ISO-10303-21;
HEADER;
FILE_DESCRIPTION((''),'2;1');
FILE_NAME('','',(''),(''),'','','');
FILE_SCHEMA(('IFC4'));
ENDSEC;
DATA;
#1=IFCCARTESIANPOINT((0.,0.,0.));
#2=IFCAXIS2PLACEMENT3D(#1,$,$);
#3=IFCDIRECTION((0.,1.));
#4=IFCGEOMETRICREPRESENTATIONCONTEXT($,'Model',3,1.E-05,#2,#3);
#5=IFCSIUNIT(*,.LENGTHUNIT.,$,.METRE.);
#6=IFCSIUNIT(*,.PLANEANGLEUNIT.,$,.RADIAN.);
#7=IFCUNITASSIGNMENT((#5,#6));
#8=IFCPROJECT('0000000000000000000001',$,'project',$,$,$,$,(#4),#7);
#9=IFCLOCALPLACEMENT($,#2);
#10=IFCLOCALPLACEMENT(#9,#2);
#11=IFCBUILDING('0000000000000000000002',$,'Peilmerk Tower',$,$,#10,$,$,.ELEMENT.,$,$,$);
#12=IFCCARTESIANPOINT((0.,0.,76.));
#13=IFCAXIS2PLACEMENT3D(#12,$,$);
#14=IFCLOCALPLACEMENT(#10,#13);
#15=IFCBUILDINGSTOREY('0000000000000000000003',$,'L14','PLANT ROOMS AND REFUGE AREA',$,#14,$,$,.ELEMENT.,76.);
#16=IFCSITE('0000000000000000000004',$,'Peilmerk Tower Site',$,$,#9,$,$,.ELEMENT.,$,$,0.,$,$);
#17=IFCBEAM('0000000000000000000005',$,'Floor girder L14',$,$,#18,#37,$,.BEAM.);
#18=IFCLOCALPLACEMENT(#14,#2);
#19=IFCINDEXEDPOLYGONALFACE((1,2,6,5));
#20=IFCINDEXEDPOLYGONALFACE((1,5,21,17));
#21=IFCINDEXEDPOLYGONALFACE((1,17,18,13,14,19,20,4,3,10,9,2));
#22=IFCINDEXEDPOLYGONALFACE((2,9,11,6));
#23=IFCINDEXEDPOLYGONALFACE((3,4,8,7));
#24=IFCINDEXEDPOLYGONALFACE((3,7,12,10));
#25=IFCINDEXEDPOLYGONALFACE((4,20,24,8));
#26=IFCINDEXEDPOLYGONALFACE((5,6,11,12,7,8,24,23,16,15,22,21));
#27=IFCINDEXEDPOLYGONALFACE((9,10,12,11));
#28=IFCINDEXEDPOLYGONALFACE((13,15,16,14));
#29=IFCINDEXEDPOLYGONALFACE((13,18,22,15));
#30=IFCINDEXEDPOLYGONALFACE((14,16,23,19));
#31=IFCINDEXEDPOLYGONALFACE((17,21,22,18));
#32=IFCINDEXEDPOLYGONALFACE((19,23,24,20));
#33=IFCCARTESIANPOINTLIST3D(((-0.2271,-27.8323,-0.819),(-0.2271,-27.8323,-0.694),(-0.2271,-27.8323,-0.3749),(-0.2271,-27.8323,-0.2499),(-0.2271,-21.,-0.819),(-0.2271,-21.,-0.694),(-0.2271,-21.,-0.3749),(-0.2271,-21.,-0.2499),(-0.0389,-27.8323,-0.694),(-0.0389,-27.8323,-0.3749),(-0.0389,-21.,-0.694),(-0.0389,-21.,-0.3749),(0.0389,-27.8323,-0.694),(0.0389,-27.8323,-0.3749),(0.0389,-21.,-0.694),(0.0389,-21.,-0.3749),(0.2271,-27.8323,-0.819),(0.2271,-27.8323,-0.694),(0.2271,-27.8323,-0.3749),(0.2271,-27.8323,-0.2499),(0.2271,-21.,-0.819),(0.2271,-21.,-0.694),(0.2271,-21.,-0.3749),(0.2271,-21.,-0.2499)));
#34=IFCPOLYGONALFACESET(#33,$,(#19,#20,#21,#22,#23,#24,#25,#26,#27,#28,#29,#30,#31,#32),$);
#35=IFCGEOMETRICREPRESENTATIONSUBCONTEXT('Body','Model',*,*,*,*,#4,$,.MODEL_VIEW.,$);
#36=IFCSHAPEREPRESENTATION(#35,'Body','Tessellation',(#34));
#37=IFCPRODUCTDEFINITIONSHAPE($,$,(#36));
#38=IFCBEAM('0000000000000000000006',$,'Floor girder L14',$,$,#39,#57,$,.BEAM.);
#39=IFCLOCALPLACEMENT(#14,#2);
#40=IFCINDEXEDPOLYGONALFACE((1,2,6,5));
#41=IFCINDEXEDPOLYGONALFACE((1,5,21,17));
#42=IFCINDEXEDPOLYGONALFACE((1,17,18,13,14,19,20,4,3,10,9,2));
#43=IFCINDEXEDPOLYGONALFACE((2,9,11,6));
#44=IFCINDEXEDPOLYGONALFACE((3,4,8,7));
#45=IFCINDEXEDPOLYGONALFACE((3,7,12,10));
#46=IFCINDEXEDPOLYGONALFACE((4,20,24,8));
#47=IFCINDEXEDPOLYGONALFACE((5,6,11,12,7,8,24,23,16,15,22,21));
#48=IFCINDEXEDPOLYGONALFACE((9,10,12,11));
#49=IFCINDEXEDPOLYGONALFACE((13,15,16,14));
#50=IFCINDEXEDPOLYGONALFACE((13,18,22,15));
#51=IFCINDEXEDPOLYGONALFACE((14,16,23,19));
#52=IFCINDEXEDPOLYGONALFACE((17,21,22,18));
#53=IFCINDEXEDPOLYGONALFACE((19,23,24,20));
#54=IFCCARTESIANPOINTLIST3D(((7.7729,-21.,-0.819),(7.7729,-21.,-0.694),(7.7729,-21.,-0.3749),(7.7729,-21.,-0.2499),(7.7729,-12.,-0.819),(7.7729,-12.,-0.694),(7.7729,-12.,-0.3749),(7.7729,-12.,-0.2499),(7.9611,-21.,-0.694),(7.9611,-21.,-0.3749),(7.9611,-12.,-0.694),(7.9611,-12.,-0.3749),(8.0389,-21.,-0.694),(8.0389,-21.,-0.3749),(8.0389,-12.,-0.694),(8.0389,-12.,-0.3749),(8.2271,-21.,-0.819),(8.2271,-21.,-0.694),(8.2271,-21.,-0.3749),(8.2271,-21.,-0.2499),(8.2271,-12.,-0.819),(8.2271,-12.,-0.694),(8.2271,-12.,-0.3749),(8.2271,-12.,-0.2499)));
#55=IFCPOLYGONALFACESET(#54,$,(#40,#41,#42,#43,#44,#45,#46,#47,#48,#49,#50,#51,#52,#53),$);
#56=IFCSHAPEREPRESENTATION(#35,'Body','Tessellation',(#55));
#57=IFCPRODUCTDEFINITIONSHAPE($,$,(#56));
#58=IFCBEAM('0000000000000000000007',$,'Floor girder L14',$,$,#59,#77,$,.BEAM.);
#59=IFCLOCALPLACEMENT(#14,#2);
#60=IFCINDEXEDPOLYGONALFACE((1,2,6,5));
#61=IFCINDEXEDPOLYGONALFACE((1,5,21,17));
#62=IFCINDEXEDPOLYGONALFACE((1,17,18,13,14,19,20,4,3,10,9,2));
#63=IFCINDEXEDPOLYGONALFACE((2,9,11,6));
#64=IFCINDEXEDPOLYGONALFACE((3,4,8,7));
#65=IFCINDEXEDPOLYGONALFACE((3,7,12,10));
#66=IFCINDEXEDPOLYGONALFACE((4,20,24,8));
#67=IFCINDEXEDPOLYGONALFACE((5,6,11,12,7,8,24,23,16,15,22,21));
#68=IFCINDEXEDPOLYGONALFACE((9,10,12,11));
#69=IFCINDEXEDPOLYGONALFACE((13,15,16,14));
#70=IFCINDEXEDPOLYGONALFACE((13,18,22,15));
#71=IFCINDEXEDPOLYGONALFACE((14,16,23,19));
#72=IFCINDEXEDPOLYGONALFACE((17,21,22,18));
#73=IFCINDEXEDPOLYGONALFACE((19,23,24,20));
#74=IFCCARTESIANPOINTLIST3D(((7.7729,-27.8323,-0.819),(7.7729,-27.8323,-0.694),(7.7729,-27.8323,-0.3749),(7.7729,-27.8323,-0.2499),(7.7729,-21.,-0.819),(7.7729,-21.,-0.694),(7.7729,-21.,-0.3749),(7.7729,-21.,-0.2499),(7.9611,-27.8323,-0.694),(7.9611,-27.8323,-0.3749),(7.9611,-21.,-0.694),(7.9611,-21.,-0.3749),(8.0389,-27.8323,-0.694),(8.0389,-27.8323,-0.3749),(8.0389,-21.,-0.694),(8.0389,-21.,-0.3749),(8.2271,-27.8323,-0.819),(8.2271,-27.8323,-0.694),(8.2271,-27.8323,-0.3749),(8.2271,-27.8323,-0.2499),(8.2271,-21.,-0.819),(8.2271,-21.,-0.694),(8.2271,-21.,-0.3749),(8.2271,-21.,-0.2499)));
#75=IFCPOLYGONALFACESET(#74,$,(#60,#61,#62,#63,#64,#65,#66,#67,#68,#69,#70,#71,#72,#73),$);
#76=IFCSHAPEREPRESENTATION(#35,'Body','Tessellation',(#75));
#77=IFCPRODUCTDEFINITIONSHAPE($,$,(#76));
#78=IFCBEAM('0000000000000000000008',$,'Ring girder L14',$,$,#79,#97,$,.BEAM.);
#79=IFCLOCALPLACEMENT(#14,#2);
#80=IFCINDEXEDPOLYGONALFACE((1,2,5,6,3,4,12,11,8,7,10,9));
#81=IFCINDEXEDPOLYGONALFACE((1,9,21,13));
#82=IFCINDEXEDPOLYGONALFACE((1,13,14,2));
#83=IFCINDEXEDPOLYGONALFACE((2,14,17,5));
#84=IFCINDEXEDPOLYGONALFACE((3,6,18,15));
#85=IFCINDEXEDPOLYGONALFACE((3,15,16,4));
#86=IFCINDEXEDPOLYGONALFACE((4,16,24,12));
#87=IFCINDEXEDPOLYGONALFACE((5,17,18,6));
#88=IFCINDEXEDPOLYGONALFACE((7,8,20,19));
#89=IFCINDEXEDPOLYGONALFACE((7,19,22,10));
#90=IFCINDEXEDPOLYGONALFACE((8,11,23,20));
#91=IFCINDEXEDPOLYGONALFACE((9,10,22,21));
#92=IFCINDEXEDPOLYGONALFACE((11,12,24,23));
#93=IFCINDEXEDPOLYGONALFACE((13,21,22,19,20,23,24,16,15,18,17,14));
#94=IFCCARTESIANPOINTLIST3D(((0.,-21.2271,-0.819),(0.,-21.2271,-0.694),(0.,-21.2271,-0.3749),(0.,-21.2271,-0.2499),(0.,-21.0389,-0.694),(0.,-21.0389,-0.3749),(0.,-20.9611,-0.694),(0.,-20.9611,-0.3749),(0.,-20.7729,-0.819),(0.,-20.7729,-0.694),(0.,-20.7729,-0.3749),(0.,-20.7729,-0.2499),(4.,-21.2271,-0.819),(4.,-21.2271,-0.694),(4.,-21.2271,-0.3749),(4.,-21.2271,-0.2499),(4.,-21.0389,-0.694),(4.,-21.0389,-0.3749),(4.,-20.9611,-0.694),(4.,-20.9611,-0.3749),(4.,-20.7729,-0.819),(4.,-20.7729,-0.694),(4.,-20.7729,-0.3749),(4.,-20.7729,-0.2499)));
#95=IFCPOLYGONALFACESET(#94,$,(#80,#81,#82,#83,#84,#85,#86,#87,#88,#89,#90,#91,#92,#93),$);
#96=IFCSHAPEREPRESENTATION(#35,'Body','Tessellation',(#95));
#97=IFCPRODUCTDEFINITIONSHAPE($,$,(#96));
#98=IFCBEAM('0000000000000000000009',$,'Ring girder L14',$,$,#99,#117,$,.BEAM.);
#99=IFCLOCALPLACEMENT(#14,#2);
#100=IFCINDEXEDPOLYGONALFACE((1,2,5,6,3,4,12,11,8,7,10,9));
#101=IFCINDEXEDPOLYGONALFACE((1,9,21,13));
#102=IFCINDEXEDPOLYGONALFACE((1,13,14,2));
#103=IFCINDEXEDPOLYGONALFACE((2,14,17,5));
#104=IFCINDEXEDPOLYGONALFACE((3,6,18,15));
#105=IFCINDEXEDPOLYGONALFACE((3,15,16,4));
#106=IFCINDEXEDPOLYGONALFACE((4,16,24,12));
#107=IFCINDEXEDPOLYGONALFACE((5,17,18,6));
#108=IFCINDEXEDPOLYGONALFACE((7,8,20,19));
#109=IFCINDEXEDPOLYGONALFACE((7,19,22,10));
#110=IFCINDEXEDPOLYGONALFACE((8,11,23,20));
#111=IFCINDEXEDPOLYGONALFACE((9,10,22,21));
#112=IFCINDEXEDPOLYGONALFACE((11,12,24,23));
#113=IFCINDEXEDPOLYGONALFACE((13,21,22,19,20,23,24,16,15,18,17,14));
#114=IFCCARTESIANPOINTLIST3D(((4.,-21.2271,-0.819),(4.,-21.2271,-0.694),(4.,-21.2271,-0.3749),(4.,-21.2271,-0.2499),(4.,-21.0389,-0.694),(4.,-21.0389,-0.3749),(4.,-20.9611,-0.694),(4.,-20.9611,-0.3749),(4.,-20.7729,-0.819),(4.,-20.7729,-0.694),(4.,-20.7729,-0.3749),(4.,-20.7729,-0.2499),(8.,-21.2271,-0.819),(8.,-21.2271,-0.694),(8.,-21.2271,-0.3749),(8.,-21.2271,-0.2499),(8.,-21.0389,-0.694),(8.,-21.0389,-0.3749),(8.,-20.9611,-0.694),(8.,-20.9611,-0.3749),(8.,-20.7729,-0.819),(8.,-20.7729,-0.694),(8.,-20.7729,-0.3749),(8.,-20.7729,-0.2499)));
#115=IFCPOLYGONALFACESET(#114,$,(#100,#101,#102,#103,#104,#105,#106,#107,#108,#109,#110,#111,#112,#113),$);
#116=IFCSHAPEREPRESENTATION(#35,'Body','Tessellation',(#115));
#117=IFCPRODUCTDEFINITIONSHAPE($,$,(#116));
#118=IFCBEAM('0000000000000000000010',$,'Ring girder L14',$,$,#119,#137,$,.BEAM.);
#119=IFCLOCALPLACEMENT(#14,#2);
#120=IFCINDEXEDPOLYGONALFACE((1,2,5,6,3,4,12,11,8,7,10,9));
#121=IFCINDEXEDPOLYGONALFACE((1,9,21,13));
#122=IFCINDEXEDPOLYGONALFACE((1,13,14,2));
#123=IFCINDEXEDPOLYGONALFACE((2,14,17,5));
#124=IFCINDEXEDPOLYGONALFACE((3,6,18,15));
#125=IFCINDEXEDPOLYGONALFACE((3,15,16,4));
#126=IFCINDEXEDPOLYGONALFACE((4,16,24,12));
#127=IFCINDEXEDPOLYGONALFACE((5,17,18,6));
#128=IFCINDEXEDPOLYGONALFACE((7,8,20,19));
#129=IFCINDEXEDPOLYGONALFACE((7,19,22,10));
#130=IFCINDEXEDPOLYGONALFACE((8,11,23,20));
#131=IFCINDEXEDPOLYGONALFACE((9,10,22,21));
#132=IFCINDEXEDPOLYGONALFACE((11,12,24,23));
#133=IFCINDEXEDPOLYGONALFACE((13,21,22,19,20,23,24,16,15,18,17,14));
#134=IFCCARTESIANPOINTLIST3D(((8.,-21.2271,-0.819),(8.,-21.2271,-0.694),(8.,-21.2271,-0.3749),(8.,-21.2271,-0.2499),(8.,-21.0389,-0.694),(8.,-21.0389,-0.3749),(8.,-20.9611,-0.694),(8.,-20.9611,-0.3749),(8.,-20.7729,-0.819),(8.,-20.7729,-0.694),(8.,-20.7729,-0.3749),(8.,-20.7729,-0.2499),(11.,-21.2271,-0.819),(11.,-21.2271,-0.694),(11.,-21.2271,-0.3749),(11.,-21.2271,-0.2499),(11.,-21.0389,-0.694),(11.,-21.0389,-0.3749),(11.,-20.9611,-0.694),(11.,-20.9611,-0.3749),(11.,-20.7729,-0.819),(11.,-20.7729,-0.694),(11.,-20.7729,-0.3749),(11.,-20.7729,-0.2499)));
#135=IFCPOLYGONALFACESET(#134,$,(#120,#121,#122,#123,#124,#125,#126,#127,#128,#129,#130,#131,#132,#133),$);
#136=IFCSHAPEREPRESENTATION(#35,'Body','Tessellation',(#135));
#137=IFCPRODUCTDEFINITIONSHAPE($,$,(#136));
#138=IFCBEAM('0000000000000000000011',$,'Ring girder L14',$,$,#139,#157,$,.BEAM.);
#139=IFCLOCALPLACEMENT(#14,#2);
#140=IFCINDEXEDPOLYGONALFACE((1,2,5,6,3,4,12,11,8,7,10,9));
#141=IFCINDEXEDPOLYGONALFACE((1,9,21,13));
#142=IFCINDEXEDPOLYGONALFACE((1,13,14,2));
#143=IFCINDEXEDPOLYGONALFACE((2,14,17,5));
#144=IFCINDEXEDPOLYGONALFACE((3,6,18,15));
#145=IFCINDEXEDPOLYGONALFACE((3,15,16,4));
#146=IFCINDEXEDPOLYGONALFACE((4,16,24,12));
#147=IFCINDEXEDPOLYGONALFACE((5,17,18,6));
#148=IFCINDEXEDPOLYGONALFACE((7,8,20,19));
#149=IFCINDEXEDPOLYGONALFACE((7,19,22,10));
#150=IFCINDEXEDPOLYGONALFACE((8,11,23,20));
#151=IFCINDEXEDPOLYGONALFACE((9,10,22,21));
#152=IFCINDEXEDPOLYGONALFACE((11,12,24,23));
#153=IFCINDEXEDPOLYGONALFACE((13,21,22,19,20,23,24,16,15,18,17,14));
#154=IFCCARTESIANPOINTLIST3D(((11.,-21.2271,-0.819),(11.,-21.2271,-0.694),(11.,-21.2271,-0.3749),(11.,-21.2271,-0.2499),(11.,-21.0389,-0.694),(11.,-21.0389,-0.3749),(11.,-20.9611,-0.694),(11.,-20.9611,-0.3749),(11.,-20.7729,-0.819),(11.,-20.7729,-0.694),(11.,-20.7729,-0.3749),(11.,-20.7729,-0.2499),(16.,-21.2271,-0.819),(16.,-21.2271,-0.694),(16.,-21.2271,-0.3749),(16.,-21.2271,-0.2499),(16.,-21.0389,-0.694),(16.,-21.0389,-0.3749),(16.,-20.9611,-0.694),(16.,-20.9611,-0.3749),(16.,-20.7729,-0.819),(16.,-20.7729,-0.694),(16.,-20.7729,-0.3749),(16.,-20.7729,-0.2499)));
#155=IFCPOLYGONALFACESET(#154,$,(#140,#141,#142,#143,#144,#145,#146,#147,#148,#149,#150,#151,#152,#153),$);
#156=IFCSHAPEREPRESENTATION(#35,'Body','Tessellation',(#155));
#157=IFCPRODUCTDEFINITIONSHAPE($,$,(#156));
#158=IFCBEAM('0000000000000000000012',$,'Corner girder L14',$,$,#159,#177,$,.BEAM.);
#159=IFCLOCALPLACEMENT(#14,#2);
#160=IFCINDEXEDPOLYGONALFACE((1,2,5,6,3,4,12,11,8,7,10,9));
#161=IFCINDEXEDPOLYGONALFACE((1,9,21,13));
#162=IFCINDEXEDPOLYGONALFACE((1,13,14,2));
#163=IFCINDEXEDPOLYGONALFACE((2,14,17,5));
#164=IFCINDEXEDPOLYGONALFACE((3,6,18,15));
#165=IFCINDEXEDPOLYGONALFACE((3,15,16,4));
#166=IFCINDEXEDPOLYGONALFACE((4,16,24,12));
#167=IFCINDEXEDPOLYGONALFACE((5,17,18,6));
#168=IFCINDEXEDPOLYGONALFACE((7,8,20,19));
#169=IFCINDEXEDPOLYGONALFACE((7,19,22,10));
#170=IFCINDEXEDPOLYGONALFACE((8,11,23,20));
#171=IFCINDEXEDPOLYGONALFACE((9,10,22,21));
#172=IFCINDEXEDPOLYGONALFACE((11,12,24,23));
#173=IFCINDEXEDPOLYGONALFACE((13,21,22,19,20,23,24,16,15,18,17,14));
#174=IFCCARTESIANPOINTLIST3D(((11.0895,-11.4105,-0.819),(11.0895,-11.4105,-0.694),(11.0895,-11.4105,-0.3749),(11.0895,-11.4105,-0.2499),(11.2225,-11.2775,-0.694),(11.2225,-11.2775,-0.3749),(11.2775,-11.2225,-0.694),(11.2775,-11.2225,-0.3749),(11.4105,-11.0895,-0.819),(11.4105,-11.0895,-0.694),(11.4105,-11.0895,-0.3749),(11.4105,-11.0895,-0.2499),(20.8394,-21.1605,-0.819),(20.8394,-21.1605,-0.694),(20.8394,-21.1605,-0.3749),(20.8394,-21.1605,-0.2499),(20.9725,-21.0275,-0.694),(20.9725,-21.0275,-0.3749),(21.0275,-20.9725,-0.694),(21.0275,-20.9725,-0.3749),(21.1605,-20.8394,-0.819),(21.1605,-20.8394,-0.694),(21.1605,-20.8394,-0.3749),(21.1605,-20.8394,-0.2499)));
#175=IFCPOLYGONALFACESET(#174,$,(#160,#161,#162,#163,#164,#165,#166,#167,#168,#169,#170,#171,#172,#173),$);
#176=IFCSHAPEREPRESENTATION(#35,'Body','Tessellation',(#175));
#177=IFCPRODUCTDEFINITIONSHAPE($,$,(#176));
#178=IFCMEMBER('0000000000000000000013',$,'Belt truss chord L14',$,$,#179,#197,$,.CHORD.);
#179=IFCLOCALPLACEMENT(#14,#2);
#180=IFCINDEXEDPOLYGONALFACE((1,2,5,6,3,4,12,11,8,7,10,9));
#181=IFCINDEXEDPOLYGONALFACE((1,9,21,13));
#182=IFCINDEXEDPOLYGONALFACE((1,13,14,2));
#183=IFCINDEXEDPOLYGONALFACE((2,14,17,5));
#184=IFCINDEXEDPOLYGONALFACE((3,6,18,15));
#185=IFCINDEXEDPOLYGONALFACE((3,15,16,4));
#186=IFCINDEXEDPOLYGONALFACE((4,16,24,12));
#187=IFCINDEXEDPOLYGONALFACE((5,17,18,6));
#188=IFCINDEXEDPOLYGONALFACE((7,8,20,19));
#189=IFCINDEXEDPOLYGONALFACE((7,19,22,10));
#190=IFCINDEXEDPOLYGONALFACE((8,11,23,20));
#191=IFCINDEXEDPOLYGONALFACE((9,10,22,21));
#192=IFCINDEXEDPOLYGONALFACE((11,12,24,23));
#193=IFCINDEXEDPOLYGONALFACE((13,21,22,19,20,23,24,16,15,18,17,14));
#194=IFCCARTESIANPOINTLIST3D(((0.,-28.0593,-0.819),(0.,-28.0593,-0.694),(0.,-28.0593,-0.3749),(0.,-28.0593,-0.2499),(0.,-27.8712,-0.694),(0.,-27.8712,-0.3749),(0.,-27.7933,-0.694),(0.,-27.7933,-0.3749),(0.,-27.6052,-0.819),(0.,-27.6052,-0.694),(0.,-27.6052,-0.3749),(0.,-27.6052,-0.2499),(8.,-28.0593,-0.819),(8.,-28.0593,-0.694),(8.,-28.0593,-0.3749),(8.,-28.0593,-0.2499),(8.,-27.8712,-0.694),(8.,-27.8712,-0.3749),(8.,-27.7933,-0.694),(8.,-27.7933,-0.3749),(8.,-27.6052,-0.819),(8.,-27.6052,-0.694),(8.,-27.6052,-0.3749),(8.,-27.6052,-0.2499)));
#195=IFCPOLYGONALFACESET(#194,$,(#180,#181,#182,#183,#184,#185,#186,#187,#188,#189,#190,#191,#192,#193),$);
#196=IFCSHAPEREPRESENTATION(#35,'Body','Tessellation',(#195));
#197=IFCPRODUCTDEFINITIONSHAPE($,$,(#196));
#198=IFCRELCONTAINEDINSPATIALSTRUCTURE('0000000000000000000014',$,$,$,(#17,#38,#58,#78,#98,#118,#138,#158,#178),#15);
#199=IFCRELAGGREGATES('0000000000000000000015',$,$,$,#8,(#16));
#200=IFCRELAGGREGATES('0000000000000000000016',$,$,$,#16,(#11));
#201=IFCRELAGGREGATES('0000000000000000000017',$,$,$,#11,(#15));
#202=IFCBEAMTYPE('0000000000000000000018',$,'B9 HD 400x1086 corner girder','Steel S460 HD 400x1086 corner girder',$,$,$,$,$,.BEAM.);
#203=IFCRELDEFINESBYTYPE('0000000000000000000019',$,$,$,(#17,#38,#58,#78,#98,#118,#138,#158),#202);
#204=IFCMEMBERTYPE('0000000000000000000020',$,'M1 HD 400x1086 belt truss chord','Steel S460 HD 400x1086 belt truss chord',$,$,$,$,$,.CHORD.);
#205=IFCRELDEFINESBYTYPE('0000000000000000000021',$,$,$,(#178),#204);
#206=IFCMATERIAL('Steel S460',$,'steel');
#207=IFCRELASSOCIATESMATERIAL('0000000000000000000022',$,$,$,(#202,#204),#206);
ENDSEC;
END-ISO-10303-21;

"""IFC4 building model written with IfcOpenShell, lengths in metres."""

from ifc_helpers import new_model, si_unit, direction, frame, origin, origin_2d, place, context, subcontext, project, spatial, i_section, extrude, material, material_profile, profile_set, type_object, element, save


model = new_model("IFC4")

# Units and contexts
model_context = context("Model", 3, precision=1e-05, world=origin(), true_north=direction((0.0, 1.0)))
body_context = subcontext(model_context, "Body", "Model", "MODEL_VIEW")
ifc_project = project(units=[si_unit("LENGTHUNIT", "METRE"), si_unit("PLANEANGLEUNIT", "RADIAN")], contexts=[model_context])

# Site, building, storey
site_placement = place(None, origin())
site = spatial("IfcSite", under=ifc_project, at=site_placement, Name="Peilmerk Tower Site", CompositionType="ELEMENT", RefElevation=0.0)
building_placement = place(site_placement, origin())
building = spatial("IfcBuilding", under=site, at=building_placement, Name="Peilmerk Tower", CompositionType="ELEMENT")
storey_placement = place(building_placement, frame((0.0, 0.0, 76.0)))
storey = spatial("IfcBuildingStorey", under=building, at=storey_placement, Name="L14", Description="PLANT ROOMS AND REFUGE AREA", CompositionType="ELEMENT", Elevation=76.0)

# Shared definitions
ifc_material_1 = material(Name="Steel S460", Category="steel")

# Beams
ifc_material_profile_1 = material_profile(ifc_material_1, i_section(OverallWidth=0.4541, OverallDepth=0.5691, WebThickness=0.0779, FlangeThickness=0.125, at=origin_2d()), Name="HD 400x1086")
ifc_profile_set_1 = profile_set([ifc_material_profile_1], Name="Steel S460")
beam_type_1 = type_object("IfcBeamType", Name="B9 HD 400x1086 corner girder", Description="Steel S460 HD 400x1086 corner girder", PredefinedType="BEAM", material=ifc_profile_set_1)
beam_1_placement = place(storey_placement, frame((0.0, -21.0, -0.5344), z_axis=(0.0, -1.0, 0.0), x_axis=(1.0, 0.0, 0.0)))
element("IfcBeam", 1, at=beam_1_placement, inside=storey, type_object=beam_type_1, Name="Floor girder L14", PredefinedType="BEAM", context=body_context, shape_type="SweptSolid", body=[
    extrude(i_section(OverallWidth=0.4541, OverallDepth=0.5691, WebThickness=0.0779, FlangeThickness=0.125, at=origin_2d()), origin(), (0.0, 0.0, 1.0), 6.8323),
])
beam_2_placement = place(storey_placement, frame((8.0, -12.0, -0.5344), z_axis=(0.0, -1.0, 0.0), x_axis=(1.0, 0.0, 0.0)))
element("IfcBeam", 2, at=beam_2_placement, inside=storey, type_object=beam_type_1, Name="Floor girder L14", PredefinedType="BEAM", context=body_context, shape_type="SweptSolid", body=[
    extrude(i_section(OverallWidth=0.4541, OverallDepth=0.5691, WebThickness=0.0779, FlangeThickness=0.125, at=origin_2d()), origin(), (0.0, 0.0, 1.0), 9.0),
])
beam_3_placement = place(storey_placement, frame((8.0, -21.0, -0.5344), z_axis=(0.0, -1.0, 0.0), x_axis=(1.0, 0.0, 0.0)))
element("IfcBeam", 3, at=beam_3_placement, inside=storey, type_object=beam_type_1, Name="Floor girder L14", PredefinedType="BEAM", context=body_context, shape_type="SweptSolid", body=[
    extrude(i_section(OverallWidth=0.4541, OverallDepth=0.5691, WebThickness=0.0779, FlangeThickness=0.125, at=origin_2d()), origin(), (0.0, 0.0, 1.0), 6.8323),
])
for number, where, z_axis, x_axis, name in (
    (4, (0.0, -21.0, -0.5344), (1.0, 0.0, 0.0), (0.0, 1.0, 0.0), "Ring girder L14"),
    (5, (4.0, -21.0, -0.5344), (1.0, 0.0, 0.0), (0.0, 1.0, 0.0), "Ring girder L14"),
):
    element("IfcBeam", number, at=place(storey_placement, frame(where, z_axis=z_axis, x_axis=x_axis)), inside=storey, type_object=beam_type_1, Name=name, PredefinedType="BEAM", context=body_context, shape_type="SweptSolid", body=[
        extrude(i_section(OverallWidth=0.4541, OverallDepth=0.5691, WebThickness=0.0779, FlangeThickness=0.125, at=origin_2d()), origin(), (0.0, 0.0, 1.0), 4.0),
    ])
beam_4_placement = place(storey_placement, frame((8.0, -21.0, -0.5344), z_axis=(1.0, 0.0, 0.0), x_axis=(0.0, 1.0, 0.0)))
element("IfcBeam", 6, at=beam_4_placement, inside=storey, type_object=beam_type_1, Name="Ring girder L14", PredefinedType="BEAM", context=body_context, shape_type="SweptSolid", body=[
    extrude(i_section(OverallWidth=0.4541, OverallDepth=0.5691, WebThickness=0.0779, FlangeThickness=0.125, at=origin_2d()), origin(), (0.0, 0.0, 1.0), 3.0),
])
beam_5_placement = place(storey_placement, frame((11.0, -21.0, -0.5344), z_axis=(1.0, 0.0, 0.0), x_axis=(0.0, 1.0, 0.0)))
element("IfcBeam", 7, at=beam_5_placement, inside=storey, type_object=beam_type_1, Name="Ring girder L14", PredefinedType="BEAM", context=body_context, shape_type="SweptSolid", body=[
    extrude(i_section(OverallWidth=0.4541, OverallDepth=0.5691, WebThickness=0.0779, FlangeThickness=0.125, at=origin_2d()), origin(), (0.0, 0.0, 1.0), 5.0),
])
beam_6_placement = place(storey_placement, frame((11.25, -11.25, -0.5344), z_axis=(0.707107, -0.707107, 0.0), x_axis=(0.707107, 0.707107, 0.0)))
element("IfcBeam", 8, at=beam_6_placement, inside=storey, type_object=beam_type_1, Name="Corner girder L14", PredefinedType="BEAM", context=body_context, shape_type="SweptSolid", body=[
    extrude(i_section(OverallWidth=0.4541, OverallDepth=0.5691, WebThickness=0.0779, FlangeThickness=0.125, at=origin_2d()), origin(), (0.0, 0.0, 1.0), 13.7886),
])

# Member
ifc_material_profile_2 = material_profile(ifc_material_1, i_section(OverallWidth=0.4541, OverallDepth=0.5691, WebThickness=0.0779, FlangeThickness=0.125, at=origin_2d()), Name="HD 400x1086")
ifc_profile_set_2 = profile_set([ifc_material_profile_2], Name="Steel S460")
member_type_1 = type_object("IfcMemberType", Name="M1 HD 400x1086 belt truss chord", Description="Steel S460 HD 400x1086 belt truss chord", PredefinedType="CHORD", material=ifc_profile_set_2)
for number, where, z_axis, x_axis, name in (
    (9, (0.0, -27.8323, -0.5344), (1.0, 0.0, 0.0), (0.0, 1.0, 0.0), "Belt truss chord L14"),
):
    element("IfcMember", number, at=place(storey_placement, frame(where, z_axis=z_axis, x_axis=x_axis)), inside=storey, type_object=member_type_1, Name=name, PredefinedType="CHORD", context=body_context, shape_type="SweptSolid", body=[
        extrude(i_section(OverallWidth=0.4541, OverallDepth=0.5691, WebThickness=0.0779, FlangeThickness=0.125, at=origin_2d()), origin(), (0.0, 0.0, 1.0), 8.0),
    ])

save(model, "model.ifc")
